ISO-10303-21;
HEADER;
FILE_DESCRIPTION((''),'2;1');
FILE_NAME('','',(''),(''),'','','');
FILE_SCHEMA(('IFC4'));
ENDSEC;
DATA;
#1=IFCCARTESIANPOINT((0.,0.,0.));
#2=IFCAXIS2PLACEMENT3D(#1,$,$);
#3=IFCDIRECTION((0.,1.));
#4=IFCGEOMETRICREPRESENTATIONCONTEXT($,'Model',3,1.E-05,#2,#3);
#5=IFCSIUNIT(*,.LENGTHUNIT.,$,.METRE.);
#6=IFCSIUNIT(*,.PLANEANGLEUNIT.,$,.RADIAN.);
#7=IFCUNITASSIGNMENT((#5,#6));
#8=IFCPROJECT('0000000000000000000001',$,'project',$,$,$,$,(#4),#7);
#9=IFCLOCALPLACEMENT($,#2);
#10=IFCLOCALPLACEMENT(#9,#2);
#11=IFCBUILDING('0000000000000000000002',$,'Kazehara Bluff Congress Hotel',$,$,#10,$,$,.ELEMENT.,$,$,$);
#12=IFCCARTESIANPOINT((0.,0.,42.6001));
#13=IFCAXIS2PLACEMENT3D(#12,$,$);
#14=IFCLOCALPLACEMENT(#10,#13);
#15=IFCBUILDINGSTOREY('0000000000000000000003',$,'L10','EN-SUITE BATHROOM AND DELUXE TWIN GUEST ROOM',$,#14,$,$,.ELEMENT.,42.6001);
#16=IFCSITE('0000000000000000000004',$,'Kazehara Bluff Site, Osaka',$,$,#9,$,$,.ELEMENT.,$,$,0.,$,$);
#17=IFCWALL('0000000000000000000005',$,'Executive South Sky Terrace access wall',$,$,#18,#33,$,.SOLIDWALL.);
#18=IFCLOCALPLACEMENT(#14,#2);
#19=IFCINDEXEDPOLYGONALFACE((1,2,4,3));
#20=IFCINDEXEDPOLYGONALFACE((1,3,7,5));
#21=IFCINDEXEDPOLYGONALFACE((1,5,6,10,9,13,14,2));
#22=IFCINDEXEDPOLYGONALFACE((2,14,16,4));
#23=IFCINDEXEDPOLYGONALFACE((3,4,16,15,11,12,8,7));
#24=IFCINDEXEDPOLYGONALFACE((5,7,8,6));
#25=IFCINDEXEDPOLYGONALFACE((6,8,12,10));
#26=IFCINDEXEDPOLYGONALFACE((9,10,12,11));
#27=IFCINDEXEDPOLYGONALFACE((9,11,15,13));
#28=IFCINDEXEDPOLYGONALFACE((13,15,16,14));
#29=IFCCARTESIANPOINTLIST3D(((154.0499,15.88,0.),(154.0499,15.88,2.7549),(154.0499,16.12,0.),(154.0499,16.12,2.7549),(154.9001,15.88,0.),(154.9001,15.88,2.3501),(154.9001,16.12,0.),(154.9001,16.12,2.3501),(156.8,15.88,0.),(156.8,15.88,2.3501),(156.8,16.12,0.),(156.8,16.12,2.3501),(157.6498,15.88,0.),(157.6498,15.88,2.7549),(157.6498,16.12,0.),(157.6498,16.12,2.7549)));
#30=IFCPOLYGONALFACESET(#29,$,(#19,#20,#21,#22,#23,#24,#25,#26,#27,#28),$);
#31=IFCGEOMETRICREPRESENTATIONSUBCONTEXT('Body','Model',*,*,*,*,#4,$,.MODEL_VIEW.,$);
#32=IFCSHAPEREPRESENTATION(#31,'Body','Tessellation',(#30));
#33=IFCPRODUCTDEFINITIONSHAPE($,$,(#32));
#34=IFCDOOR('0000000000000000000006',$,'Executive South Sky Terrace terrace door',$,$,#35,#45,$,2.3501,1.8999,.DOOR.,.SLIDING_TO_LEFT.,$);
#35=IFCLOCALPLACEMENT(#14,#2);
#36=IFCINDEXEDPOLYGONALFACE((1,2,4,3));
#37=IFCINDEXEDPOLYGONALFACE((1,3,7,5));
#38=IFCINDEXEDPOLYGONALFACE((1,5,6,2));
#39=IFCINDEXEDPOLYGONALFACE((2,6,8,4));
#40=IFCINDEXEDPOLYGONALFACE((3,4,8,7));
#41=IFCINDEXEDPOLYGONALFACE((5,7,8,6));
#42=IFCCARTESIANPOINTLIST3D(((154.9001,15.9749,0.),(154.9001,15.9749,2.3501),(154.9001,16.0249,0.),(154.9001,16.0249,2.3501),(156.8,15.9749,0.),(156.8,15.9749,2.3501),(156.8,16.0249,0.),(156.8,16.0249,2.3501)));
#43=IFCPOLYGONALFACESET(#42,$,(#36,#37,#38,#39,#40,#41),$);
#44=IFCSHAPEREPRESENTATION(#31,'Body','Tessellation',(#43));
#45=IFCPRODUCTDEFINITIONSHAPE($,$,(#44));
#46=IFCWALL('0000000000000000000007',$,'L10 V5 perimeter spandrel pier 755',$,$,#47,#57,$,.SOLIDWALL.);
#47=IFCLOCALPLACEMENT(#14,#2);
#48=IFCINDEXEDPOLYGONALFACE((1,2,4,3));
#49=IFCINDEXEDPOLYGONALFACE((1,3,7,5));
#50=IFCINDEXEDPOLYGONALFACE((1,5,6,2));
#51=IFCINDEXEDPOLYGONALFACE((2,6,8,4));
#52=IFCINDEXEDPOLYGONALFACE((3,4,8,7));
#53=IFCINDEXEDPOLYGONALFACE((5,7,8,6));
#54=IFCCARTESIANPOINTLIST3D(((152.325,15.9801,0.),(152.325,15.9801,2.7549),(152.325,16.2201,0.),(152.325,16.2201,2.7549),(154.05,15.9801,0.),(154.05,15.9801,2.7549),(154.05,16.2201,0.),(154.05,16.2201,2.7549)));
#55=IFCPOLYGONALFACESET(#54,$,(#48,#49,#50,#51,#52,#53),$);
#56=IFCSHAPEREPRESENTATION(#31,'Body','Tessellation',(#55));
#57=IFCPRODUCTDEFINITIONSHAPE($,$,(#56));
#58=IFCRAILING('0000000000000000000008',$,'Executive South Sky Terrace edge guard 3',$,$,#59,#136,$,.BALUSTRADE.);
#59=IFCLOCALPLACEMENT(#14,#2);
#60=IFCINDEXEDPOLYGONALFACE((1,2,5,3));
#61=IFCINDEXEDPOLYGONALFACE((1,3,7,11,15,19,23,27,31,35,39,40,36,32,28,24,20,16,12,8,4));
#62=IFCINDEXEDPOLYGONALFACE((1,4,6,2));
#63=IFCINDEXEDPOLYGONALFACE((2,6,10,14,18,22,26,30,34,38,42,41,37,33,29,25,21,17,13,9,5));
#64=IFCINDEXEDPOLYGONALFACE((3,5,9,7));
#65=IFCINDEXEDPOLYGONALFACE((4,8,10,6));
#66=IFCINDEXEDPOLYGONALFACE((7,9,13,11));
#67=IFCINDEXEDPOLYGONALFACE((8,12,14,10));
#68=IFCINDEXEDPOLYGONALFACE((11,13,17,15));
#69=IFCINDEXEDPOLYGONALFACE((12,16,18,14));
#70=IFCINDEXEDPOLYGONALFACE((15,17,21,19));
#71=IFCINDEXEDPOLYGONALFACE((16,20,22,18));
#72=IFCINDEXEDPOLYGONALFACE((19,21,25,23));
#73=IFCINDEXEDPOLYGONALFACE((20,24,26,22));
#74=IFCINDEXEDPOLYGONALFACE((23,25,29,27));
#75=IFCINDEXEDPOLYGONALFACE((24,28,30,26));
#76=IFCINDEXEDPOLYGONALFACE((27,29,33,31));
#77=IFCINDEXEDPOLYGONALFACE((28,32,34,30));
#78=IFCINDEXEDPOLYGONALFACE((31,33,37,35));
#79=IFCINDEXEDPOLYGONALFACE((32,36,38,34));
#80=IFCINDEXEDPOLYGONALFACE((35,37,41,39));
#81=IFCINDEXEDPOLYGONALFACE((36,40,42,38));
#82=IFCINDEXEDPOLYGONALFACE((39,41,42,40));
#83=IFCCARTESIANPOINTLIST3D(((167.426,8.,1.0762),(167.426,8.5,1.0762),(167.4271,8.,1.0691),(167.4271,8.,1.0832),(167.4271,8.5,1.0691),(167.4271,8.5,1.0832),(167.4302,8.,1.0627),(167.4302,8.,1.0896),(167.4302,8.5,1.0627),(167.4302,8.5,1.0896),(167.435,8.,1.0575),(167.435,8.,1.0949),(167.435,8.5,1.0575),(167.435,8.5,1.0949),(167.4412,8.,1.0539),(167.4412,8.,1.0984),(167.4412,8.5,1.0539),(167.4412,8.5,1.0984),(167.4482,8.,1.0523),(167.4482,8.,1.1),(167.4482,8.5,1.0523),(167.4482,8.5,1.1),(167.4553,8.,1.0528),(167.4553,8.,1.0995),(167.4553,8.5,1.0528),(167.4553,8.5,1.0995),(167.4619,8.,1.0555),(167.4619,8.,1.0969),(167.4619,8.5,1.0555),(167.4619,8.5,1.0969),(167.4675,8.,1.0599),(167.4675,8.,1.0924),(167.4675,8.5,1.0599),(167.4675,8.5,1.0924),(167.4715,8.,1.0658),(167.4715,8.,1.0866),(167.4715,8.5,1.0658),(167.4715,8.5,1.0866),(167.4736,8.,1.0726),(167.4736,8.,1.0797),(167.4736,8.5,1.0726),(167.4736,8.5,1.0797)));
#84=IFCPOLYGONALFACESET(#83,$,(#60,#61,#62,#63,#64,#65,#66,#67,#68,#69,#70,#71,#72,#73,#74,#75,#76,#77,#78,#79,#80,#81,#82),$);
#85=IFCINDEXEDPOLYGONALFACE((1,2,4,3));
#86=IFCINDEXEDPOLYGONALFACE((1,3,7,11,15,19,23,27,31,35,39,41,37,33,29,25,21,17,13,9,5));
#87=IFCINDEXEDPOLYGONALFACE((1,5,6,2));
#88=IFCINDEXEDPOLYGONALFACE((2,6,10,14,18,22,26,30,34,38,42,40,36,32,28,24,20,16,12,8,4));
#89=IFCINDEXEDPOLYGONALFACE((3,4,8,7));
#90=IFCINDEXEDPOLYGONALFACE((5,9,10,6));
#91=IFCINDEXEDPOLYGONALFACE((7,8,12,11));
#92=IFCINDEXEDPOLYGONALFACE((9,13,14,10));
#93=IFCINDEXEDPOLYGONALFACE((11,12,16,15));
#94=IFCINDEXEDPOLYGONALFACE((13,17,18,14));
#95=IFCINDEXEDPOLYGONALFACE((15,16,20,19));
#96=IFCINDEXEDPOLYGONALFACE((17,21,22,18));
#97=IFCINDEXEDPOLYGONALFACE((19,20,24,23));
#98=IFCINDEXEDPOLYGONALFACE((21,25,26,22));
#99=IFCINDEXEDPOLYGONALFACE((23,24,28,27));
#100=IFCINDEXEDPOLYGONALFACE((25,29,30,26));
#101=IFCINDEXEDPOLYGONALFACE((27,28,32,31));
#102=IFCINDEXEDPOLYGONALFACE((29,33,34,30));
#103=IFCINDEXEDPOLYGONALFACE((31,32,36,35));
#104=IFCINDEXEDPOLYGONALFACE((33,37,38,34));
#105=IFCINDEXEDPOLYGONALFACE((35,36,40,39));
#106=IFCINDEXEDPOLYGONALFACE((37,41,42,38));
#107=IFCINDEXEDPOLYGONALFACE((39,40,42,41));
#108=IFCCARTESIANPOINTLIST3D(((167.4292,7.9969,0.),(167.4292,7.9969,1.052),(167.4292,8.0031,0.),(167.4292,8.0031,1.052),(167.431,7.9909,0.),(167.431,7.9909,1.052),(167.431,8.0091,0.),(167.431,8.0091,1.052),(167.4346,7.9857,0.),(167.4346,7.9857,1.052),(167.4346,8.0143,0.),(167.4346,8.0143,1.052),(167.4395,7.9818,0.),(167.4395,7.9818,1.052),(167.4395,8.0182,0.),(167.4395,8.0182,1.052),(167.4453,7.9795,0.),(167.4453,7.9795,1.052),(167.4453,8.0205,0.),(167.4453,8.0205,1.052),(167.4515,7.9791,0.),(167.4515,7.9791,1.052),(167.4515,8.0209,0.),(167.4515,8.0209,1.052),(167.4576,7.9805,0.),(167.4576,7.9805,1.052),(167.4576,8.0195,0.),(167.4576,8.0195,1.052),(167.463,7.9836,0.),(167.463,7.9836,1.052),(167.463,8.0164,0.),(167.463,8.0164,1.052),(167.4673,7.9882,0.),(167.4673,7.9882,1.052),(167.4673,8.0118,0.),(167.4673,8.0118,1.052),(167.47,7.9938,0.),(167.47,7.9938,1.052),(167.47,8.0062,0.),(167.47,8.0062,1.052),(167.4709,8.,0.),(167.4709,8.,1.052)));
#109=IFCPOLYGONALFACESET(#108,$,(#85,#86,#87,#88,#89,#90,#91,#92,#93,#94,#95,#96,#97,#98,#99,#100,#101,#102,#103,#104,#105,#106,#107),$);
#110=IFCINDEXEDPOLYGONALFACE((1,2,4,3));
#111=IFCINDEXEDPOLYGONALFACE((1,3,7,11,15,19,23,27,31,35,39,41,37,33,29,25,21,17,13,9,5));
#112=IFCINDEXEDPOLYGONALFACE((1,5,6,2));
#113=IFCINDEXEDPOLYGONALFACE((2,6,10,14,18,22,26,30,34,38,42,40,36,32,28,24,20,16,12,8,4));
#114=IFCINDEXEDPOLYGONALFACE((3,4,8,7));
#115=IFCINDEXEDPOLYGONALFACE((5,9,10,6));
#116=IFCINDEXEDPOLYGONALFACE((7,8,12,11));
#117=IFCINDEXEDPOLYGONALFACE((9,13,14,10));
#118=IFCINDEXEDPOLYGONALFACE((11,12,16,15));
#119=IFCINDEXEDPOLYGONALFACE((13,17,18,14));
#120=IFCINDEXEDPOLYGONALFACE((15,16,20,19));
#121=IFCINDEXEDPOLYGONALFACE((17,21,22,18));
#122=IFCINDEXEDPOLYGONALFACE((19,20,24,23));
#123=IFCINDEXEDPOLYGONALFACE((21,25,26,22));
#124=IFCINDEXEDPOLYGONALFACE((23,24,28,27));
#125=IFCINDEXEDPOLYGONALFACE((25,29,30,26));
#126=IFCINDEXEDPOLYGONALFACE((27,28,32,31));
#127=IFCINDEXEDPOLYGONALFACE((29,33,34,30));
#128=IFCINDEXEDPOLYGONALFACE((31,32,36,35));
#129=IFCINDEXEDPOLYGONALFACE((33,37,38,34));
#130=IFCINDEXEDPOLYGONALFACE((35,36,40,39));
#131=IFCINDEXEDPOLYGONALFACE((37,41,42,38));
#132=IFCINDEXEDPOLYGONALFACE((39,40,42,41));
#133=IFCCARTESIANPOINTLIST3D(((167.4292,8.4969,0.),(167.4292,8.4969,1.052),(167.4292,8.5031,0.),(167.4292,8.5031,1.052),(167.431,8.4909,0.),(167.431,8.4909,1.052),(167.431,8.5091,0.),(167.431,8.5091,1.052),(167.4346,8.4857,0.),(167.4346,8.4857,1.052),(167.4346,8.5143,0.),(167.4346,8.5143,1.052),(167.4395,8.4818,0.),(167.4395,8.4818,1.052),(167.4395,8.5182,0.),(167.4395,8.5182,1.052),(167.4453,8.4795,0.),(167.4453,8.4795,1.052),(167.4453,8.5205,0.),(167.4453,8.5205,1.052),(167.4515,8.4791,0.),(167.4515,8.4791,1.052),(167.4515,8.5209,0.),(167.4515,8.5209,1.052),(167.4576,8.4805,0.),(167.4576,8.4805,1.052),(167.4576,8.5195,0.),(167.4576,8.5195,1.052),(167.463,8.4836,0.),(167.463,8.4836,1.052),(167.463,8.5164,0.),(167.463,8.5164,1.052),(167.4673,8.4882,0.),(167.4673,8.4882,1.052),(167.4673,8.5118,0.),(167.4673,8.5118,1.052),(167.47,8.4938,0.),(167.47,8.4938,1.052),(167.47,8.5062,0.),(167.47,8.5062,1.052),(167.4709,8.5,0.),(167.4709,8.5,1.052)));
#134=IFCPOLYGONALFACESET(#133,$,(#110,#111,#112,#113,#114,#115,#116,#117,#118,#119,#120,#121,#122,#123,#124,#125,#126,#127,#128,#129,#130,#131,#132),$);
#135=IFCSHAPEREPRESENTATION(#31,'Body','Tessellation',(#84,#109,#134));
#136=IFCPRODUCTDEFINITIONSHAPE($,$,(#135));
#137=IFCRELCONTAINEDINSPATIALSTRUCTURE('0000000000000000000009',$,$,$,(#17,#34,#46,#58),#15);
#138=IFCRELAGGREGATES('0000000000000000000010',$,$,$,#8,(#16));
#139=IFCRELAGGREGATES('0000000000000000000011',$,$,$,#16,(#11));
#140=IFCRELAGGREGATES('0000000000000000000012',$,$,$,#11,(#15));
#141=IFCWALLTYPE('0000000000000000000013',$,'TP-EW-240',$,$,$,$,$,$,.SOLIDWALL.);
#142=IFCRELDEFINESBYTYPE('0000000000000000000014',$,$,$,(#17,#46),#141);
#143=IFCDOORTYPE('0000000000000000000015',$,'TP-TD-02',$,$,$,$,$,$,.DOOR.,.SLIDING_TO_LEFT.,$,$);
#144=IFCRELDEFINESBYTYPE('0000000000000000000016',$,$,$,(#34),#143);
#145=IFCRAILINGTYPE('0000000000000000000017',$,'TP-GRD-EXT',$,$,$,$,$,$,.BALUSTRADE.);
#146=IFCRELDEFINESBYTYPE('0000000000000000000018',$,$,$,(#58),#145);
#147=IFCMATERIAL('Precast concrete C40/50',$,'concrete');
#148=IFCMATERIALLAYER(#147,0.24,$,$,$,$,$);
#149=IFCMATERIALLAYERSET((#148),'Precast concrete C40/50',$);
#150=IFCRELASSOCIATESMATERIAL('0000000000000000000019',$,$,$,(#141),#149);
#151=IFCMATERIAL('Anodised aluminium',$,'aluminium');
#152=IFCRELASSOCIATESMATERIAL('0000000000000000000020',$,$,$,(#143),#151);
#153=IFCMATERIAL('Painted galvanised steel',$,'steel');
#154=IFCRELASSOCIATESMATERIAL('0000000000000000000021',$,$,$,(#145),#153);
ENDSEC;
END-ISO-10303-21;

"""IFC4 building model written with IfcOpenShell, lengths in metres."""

from ifc_helpers import new_model, si_unit, direction, frame, frame_2d, origin, origin_2d, place, context, subcontext, project, spatial, rectangle, circle, extrude, material, layer, layer_set, type_object, element, fill, save


model = new_model("IFC4")

# Units and contexts
model_context = context("Model", 3, precision=1e-05, world=origin(), true_north=direction((0.0, 1.0)))
body_context = subcontext(model_context, "Body", "Model", "MODEL_VIEW")
ifc_project = project(units=[si_unit("LENGTHUNIT", "METRE"), si_unit("PLANEANGLEUNIT", "RADIAN")], contexts=[model_context])

# Site, building, storey
site_placement = place(None, origin())
site = spatial("IfcSite", under=ifc_project, at=site_placement, Name="Kazehara Bluff Site, Osaka", CompositionType="ELEMENT", RefElevation=0.0)
building_placement = place(site_placement, origin())
building = spatial("IfcBuilding", under=site, at=building_placement, Name="Kazehara Bluff Congress Hotel", CompositionType="ELEMENT")
storey_placement = place(building_placement, frame((0.0, 0.0, 42.6001)))
storey = spatial("IfcBuildingStorey", under=building, at=storey_placement, Name="L10", Description="EN-SUITE BATHROOM AND DELUXE TWIN GUEST ROOM", CompositionType="ELEMENT", Elevation=42.6001)

# Wall, opening, door
ifc_material_1 = material(Name="Precast concrete C40/50", Category="concrete")
ifc_layer_1 = layer(ifc_material_1, 0.24)
ifc_layer_set_1 = layer_set([ifc_layer_1], Name="Precast concrete C40/50")
wall_type = type_object("IfcWallType", Name="TP-EW-240", PredefinedType="SOLIDWALL", material=ifc_layer_set_1)
wall_1_placement = place(storey_placement, frame((154.05, 16.0, 0.0), z_axis=(0.0, 0.0, 1.0), x_axis=(1.0, 0.0, 0.0)))
wall_1 = element("IfcWall", 1, at=wall_1_placement, inside=storey, type_object=wall_type, Name="Executive South Sky Terrace access wall", PredefinedType="SOLIDWALL", context=body_context, shape_type="SweptSolid", body=[
    extrude(rectangle(XDim=3.5999, YDim=0.24, at=frame_2d((1.7998, 0.0))), origin(), (0.0, 0.0, 1.0), 2.7549),
])
opening_placement = place(wall_1_placement, frame((0.8501, 0.0, 0.0)))
opening = element("IfcOpeningElement", 2, at=opening_placement, cuts=wall_1, PredefinedType="OPENING", context=body_context, shape_type="SweptSolid", body=[
    extrude(rectangle(XDim=1.8999, YDim=2.3501, at=frame_2d((0.95, 1.175))), frame((0.0, 0.1299, 0.0), z_axis=(0.0, -1.0, 0.0), x_axis=(1.0, 0.0, 0.0)), (0.0, 0.0, 1.0), 0.26),
])
ifc_material_2 = material(Name="Anodised aluminium", Category="aluminium")
door_type = type_object("IfcDoorType", Name="TP-TD-02", OperationType="SLIDING_TO_LEFT", PredefinedType="DOOR", material=ifc_material_2)
door_placement = place(opening_placement, origin())
door = element("IfcDoor", 3, at=door_placement, inside=storey, type_object=door_type, Name="Executive South Sky Terrace terrace door", OperationType="SLIDING_TO_LEFT", OverallHeight=2.3501, OverallWidth=1.8999, PredefinedType="DOOR", context=body_context, shape_type="SweptSolid", body=[
    extrude(rectangle(XDim=1.8999, YDim=2.3501, at=frame_2d((0.95, 1.175))), frame((0.0, 0.0249, 0.0), z_axis=(0.0, -1.0, 0.0), x_axis=(1.0, 0.0, 0.0)), (0.0, 0.0, 1.0), 0.05),
])
fill(opening, door)

# Wall
wall_2_placement = place(storey_placement, frame((154.05, 16.1001, 0.0), z_axis=(0.0, 0.0, 1.0), x_axis=(-1.0, 0.0, 0.0)))
element("IfcWall", 4, at=wall_2_placement, inside=storey, type_object=wall_type, Name="L10 V5 perimeter spandrel pier 755", PredefinedType="SOLIDWALL", context=body_context, shape_type="SweptSolid", body=[
    extrude(rectangle(XDim=1.7251, YDim=0.24, at=frame_2d((0.8625, 0.0))), origin(), (0.0, 0.0, 1.0), 2.7549),
])

# Railing
ifc_material_3 = material(Name="Painted galvanised steel", Category="steel")
railing_type = type_object("IfcRailingType", Name="TP-GRD-EXT", PredefinedType="BALUSTRADE", material=ifc_material_3)
railing_1_placement = place(storey_placement, frame((167.45, 8.0, 0.0)))
element("IfcRailing", 5, at=railing_1_placement, inside=storey, type_object=railing_type, Name="Executive South Sky Terrace edge guard 3", PredefinedType="BALUSTRADE", context=body_context, shape_type="SweptSolid", body=[
    extrude(circle(Radius=0.0239, at=origin_2d()), frame((0.0, 0.0, 1.0762), z_axis=(0.0, 1.0, 0.0), x_axis=(-1.0, 0.0, 0.0)), (0.0, 0.0, 1.0), 0.5),
    extrude(circle(Radius=0.021, at=origin_2d()), origin(), (0.0, 0.0, 1.0), 1.052),
    extrude(circle(Radius=0.021, at=origin_2d()), frame((0.0, 0.5, 0.0)), (0.0, 0.0, 1.0), 1.052),
])

save(model, "model.ifc")
